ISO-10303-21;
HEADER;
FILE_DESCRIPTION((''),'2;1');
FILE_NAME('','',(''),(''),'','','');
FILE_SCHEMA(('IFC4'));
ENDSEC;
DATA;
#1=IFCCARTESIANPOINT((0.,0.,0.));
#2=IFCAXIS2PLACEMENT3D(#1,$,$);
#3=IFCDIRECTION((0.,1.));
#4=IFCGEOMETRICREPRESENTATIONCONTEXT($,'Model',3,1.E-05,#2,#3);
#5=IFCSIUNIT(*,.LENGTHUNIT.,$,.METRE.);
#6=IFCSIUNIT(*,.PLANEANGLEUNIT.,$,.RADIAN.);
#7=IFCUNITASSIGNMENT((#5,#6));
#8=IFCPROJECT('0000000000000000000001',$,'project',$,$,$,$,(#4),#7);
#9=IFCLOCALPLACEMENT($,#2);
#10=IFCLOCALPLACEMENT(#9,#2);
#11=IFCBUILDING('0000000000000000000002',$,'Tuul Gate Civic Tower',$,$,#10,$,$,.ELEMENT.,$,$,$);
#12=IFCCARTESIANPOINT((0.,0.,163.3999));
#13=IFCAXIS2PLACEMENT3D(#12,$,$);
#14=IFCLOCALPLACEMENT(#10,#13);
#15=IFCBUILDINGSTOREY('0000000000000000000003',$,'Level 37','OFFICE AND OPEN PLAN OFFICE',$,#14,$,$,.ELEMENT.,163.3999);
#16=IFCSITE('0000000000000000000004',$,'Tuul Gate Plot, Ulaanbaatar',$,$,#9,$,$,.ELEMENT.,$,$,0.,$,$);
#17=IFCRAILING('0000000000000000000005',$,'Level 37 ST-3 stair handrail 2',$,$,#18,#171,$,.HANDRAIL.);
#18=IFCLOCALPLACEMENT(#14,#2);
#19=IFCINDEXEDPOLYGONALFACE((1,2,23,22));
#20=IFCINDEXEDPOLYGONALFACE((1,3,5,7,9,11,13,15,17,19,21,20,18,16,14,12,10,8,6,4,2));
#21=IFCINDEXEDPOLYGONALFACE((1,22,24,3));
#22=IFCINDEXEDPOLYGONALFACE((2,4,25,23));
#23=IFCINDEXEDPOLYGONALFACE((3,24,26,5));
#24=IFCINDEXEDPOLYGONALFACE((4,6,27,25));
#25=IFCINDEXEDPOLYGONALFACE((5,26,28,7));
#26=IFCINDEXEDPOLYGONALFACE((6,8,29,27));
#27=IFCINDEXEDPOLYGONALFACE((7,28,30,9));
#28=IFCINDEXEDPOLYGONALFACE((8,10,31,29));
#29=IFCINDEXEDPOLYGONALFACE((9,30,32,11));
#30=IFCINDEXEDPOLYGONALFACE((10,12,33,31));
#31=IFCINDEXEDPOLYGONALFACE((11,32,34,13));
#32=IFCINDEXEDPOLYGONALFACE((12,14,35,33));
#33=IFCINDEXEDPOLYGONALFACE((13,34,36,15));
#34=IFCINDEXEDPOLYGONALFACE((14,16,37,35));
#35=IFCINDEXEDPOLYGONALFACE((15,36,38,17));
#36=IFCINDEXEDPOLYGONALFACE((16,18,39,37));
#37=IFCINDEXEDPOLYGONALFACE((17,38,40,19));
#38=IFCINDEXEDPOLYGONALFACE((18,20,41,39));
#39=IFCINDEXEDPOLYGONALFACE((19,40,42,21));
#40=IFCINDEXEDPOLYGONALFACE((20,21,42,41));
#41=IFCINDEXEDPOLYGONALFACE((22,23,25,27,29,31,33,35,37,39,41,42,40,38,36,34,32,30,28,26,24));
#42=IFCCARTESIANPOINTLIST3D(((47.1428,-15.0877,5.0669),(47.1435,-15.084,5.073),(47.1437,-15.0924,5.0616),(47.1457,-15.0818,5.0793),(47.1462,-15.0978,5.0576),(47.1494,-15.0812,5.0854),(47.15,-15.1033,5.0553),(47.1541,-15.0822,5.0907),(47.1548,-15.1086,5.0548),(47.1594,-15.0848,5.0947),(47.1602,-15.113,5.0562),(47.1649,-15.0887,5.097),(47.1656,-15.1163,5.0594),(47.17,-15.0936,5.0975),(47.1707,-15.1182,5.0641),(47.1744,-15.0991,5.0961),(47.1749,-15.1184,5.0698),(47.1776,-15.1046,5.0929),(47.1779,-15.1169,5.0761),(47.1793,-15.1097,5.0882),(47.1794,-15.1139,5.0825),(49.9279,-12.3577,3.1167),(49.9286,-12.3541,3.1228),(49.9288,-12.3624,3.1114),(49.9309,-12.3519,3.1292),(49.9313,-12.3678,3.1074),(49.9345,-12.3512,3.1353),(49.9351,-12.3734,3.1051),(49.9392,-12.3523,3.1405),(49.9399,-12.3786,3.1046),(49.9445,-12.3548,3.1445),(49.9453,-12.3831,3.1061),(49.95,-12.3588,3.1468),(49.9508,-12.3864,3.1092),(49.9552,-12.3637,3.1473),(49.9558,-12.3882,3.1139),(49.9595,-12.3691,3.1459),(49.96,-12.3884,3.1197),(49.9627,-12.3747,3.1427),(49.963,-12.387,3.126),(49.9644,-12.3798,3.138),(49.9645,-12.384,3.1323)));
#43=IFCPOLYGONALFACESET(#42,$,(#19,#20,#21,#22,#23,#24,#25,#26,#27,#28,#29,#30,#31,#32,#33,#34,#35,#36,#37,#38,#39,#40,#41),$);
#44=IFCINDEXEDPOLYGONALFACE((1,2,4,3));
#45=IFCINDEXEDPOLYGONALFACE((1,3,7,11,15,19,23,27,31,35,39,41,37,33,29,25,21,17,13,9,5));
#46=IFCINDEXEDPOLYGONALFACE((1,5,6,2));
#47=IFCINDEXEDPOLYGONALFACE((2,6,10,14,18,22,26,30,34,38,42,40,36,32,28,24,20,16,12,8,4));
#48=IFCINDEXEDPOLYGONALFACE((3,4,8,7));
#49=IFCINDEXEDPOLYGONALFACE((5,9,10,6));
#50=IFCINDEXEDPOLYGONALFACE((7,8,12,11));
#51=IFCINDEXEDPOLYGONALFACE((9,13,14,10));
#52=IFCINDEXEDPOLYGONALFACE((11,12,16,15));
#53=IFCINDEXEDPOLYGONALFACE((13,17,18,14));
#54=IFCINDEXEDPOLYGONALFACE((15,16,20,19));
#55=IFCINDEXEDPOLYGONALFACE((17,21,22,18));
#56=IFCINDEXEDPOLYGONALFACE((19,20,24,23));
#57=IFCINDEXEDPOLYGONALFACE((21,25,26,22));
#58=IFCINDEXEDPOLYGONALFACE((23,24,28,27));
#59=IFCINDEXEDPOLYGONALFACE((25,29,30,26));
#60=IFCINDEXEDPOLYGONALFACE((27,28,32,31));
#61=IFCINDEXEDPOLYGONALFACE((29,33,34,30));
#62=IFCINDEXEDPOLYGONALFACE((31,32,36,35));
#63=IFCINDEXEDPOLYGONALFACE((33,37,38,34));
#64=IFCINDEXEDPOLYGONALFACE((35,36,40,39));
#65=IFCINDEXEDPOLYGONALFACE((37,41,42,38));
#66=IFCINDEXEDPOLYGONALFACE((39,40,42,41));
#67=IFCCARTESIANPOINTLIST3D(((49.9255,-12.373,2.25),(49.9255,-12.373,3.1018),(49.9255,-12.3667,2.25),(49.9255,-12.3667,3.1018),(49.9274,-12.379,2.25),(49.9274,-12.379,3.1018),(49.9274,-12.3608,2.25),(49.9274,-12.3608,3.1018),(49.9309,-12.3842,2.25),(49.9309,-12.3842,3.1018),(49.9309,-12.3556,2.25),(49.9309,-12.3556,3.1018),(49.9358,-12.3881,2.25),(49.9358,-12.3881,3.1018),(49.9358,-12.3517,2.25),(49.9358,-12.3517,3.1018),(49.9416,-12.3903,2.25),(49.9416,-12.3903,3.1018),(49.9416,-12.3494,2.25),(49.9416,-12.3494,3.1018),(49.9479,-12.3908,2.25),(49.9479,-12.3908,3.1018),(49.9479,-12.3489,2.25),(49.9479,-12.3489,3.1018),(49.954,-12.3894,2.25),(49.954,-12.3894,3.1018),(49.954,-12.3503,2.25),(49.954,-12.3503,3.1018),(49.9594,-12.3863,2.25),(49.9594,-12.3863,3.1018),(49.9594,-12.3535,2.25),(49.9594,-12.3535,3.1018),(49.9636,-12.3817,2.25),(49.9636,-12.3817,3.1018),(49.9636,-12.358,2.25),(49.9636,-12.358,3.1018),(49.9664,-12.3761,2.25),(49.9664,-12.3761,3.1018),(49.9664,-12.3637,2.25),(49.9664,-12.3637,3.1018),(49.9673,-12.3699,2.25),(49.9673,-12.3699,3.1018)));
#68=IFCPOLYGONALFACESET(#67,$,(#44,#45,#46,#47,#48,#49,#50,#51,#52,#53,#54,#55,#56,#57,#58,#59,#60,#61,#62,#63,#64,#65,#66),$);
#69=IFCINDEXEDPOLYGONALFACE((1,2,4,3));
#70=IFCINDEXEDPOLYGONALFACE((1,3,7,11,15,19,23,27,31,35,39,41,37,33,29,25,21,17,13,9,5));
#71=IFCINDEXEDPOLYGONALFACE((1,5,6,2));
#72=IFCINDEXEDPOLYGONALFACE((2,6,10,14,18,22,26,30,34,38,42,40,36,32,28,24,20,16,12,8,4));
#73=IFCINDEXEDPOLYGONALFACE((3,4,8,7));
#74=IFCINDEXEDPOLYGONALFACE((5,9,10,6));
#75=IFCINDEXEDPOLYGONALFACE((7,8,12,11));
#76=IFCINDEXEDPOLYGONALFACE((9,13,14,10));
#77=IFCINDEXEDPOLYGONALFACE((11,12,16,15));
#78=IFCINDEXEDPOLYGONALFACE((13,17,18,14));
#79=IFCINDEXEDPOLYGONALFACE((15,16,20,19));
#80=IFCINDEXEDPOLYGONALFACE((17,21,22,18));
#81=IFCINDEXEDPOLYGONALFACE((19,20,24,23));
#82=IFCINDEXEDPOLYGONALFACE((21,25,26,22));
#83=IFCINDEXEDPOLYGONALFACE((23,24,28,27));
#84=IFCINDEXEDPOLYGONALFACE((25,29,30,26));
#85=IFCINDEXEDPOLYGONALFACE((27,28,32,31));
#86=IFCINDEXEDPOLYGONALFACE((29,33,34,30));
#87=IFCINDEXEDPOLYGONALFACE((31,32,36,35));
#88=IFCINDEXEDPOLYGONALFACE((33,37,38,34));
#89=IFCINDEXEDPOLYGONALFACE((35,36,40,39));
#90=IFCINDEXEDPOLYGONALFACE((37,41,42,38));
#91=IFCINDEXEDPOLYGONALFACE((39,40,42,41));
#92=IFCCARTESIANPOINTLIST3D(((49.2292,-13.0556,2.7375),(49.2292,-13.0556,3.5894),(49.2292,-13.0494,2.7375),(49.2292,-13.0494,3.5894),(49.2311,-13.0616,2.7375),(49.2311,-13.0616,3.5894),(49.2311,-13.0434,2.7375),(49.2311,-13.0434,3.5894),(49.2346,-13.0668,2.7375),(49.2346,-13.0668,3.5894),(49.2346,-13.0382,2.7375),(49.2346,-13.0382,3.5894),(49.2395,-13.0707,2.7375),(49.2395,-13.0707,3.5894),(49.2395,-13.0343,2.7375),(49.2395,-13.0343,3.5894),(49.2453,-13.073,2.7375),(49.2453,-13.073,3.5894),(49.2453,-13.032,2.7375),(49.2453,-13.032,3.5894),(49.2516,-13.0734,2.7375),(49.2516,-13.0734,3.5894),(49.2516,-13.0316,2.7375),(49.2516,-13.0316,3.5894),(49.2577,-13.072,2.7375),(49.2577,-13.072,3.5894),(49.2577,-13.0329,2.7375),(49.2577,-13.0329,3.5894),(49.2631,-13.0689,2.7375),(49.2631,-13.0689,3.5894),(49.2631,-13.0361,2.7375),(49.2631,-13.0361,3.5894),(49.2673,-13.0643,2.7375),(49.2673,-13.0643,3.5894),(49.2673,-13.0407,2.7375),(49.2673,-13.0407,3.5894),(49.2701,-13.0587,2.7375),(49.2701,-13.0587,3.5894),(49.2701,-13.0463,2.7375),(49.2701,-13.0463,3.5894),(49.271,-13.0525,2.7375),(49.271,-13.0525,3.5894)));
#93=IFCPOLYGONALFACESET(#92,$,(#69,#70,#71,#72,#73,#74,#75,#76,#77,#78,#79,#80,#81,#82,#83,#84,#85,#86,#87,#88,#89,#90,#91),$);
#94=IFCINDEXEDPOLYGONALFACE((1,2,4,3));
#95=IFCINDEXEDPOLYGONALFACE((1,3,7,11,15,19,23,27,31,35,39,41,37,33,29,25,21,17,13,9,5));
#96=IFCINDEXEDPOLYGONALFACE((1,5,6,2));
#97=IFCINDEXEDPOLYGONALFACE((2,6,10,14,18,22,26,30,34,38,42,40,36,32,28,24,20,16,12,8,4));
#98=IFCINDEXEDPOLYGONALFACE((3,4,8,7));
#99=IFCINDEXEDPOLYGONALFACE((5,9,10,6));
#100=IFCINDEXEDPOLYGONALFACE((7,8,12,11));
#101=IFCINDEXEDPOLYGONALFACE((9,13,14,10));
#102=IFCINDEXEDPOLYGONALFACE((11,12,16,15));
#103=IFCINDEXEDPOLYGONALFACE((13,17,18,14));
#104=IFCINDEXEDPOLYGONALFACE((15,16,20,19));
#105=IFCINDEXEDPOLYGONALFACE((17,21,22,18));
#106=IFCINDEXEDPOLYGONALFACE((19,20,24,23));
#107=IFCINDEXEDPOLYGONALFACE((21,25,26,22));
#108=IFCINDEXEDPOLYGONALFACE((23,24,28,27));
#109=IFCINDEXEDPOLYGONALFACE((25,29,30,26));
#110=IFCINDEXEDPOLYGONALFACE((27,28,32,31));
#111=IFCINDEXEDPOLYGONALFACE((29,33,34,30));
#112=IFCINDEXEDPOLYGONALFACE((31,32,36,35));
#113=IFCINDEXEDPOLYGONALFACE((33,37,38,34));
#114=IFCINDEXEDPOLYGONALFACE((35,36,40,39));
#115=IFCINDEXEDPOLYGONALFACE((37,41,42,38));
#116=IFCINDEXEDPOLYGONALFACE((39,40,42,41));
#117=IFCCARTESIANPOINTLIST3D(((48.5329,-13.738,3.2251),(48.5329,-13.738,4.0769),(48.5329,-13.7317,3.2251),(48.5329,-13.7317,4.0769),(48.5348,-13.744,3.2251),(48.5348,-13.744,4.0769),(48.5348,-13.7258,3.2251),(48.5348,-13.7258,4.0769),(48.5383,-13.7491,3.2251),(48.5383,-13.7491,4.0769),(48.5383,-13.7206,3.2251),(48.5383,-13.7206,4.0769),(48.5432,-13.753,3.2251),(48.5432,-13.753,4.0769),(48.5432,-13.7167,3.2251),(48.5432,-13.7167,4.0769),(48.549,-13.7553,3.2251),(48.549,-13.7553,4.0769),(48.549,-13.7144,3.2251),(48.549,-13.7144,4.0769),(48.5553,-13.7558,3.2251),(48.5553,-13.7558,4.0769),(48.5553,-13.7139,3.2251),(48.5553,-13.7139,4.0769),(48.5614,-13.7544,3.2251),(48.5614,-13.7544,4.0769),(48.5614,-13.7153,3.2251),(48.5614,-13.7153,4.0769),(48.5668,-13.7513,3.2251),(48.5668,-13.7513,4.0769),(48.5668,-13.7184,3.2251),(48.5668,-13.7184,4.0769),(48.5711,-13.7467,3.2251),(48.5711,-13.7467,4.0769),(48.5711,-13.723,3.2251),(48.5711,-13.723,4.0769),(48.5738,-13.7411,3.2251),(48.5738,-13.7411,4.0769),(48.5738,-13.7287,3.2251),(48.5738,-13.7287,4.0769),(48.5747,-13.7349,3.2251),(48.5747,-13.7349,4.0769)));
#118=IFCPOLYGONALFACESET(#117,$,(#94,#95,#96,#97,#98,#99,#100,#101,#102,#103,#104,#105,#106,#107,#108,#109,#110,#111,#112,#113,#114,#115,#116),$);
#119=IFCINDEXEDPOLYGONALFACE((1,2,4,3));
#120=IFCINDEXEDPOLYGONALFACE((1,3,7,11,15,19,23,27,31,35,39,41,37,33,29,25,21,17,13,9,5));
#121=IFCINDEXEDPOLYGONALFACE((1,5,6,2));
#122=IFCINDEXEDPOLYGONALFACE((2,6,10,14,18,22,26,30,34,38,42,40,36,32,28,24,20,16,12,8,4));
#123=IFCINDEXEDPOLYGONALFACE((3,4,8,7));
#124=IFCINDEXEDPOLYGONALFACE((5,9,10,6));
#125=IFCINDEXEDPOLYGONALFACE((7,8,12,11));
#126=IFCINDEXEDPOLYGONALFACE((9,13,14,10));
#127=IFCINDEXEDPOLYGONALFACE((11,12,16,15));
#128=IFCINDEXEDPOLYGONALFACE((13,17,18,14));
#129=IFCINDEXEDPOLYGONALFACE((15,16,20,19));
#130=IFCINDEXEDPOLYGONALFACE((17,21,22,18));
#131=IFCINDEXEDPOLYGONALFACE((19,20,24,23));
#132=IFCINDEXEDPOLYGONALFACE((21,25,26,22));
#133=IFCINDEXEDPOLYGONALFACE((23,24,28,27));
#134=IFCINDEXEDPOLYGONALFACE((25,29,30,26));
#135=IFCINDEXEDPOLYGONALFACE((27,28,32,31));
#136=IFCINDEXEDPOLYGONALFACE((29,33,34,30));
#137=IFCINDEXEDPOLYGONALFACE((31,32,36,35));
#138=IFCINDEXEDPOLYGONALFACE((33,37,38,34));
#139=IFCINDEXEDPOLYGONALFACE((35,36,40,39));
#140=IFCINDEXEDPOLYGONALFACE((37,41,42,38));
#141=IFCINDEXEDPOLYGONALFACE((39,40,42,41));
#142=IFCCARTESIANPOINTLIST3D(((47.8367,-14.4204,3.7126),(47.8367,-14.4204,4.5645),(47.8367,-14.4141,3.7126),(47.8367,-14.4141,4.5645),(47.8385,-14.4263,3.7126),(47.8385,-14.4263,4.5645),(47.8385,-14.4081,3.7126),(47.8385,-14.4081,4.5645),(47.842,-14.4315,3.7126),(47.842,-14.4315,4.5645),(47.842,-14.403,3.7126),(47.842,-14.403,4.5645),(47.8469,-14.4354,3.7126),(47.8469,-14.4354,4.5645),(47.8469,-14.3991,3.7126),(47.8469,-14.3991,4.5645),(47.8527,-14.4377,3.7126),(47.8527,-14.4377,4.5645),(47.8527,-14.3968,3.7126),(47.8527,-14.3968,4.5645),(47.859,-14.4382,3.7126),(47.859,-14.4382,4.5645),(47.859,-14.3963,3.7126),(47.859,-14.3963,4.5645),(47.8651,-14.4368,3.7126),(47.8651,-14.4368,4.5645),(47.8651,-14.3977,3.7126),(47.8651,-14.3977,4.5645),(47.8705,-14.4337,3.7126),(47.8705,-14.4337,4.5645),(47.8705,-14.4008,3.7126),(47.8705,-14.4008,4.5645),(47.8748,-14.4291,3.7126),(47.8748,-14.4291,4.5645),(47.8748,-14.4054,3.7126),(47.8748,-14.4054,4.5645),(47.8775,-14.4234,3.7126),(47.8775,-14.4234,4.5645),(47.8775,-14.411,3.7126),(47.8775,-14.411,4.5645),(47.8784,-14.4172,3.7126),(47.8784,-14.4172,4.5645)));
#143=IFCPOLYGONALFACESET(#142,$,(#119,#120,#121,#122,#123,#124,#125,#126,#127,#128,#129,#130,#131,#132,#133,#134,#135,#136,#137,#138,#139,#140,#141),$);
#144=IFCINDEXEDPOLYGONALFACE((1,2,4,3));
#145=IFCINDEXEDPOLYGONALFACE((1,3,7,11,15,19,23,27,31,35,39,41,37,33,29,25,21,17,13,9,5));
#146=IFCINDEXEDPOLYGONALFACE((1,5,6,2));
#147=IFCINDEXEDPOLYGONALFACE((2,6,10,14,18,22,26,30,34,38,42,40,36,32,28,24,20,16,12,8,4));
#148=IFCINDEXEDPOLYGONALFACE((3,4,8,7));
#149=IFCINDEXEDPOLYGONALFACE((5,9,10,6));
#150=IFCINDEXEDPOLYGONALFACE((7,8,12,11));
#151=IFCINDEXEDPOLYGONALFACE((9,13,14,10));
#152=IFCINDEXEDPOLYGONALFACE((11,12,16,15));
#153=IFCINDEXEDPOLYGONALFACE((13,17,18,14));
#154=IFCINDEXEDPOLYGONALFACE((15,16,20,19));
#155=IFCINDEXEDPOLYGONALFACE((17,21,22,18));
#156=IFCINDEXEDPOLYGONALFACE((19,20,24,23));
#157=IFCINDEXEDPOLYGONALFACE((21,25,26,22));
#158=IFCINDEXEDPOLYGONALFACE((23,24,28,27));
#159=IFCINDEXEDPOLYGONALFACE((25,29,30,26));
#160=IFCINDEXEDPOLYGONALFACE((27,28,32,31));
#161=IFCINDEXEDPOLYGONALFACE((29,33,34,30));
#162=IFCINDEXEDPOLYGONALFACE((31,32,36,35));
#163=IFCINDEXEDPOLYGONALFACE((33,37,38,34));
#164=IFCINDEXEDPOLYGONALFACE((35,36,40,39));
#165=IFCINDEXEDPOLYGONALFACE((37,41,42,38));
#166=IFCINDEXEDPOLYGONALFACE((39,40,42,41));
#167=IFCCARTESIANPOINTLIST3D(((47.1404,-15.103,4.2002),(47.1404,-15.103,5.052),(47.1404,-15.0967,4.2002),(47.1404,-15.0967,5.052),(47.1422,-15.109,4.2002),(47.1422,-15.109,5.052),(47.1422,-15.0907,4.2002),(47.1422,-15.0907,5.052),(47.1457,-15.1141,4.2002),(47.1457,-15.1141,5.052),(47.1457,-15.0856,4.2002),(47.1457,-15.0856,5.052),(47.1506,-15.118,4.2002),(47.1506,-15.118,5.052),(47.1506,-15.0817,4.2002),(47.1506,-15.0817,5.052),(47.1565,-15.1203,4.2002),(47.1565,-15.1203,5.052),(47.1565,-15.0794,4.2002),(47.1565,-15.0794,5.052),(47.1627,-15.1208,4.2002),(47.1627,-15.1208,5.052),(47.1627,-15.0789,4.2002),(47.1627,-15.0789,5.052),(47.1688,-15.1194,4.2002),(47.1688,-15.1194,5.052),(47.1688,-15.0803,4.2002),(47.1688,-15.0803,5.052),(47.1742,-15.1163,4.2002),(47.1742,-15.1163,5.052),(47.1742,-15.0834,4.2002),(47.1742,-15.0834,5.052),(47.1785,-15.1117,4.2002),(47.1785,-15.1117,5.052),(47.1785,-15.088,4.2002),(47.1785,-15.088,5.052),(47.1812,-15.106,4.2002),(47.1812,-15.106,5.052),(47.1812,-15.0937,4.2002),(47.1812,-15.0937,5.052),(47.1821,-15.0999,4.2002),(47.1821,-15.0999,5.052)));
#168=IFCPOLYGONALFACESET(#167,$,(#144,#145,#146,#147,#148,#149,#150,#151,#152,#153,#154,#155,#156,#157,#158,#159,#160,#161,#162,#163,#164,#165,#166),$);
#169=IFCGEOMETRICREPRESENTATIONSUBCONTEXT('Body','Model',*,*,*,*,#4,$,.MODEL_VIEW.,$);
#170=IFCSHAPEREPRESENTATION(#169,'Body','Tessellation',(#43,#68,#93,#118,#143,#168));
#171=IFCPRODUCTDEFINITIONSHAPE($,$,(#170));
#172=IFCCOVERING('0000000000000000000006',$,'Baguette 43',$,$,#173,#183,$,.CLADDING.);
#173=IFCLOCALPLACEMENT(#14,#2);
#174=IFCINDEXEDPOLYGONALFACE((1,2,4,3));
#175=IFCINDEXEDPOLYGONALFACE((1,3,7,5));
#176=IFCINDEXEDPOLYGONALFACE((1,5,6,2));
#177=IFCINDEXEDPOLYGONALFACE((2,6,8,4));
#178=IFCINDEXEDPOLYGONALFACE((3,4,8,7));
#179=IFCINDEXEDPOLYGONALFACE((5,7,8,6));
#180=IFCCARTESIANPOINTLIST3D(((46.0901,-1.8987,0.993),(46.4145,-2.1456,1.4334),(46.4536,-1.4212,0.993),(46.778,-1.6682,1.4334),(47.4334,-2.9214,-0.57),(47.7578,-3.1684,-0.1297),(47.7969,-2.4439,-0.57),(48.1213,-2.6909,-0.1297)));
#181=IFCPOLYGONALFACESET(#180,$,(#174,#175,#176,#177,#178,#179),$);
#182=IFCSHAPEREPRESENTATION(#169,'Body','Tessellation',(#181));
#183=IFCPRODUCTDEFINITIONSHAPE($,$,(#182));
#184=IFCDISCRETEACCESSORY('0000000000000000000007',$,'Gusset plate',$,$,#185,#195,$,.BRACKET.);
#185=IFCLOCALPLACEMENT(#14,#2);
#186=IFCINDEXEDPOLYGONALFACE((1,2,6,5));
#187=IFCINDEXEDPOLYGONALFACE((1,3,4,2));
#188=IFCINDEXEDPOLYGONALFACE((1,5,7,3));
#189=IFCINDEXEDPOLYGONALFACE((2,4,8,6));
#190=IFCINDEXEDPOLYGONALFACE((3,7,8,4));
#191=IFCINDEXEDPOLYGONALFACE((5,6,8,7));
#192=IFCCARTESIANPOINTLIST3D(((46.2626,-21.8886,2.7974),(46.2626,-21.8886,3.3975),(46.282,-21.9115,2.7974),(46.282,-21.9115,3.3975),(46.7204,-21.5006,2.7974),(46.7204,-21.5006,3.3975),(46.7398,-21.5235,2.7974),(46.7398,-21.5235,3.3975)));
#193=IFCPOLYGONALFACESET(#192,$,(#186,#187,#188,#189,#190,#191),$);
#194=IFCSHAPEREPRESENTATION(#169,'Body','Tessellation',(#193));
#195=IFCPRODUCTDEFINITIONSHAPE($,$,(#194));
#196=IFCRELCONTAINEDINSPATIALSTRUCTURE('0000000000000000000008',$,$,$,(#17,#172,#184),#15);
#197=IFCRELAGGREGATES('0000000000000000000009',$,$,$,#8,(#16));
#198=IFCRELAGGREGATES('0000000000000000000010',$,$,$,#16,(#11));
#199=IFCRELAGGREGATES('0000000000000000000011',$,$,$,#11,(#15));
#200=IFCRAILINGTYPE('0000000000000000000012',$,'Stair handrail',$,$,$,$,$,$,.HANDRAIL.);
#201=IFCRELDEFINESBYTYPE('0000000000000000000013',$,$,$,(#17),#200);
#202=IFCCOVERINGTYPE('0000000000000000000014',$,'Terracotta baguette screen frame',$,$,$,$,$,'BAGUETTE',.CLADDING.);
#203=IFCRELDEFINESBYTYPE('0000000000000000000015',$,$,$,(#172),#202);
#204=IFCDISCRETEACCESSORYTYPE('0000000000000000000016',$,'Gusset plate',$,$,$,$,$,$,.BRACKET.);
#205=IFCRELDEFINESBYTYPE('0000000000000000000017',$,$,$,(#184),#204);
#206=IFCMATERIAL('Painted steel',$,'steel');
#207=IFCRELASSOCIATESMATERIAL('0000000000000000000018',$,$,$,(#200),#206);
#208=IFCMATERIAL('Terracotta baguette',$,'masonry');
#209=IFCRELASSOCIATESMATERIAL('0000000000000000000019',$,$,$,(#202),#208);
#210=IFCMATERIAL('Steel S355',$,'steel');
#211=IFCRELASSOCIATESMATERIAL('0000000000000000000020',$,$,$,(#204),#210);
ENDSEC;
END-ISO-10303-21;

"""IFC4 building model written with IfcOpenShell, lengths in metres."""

from ifc_helpers import new_model, si_unit, direction, frame, origin, origin_2d, place, context, subcontext, project, spatial, rectangle, circle, extrude, material, material_profile, profile_set, type_object, element, save


model = new_model("IFC4")

# Units and contexts
model_context = context("Model", 3, precision=1e-05, world=origin(), true_north=direction((0.0, 1.0)))
body_context = subcontext(model_context, "Body", "Model", "MODEL_VIEW")
ifc_project = project(units=[si_unit("LENGTHUNIT", "METRE"), si_unit("PLANEANGLEUNIT", "RADIAN")], contexts=[model_context])

# Site, building, storey
site_placement = place(None, origin())
site = spatial("IfcSite", under=ifc_project, at=site_placement, Name="Tuul Gate Plot, Ulaanbaatar", CompositionType="ELEMENT", RefElevation=0.0)
building_placement = place(site_placement, origin())
building = spatial("IfcBuilding", under=site, at=building_placement, Name="Tuul Gate Civic Tower", CompositionType="ELEMENT")
storey_placement = place(building_placement, frame((0.0, 0.0, 163.3999)))
storey = spatial("IfcBuildingStorey", under=building, at=storey_placement, Name="Level 37", Description="OFFICE AND OPEN PLAN OFFICE", CompositionType="ELEMENT", Elevation=163.3999)

# Railing
ifc_material_1 = material(Name="Painted steel", Category="steel")
railing_type_1 = type_object("IfcRailingType", Name="Stair handrail", PredefinedType="HANDRAIL", material=ifc_material_1)
railing_1_placement = place(storey_placement, frame((49.9463, -12.3699, 2.25)))
element("IfcRailing", 1, at=railing_1_placement, inside=storey, type_object=railing_type_1, Name="Level 37 ST-3 stair handrail 2", PredefinedType="HANDRAIL", context=body_context, shape_type="SweptSolid", body=[
    extrude(circle(Radius=0.0239, at=origin_2d()), frame((0.0, 0.0, 0.876), z_axis=(-0.638738, -0.626084, 0.447251), x_axis=(0.699998, -0.714145, 0.0)), (0.0, 0.0, 1.0), 4.3604),
    extrude(circle(Radius=0.021, at=origin_2d()), origin(), (0.0, 0.0, 1.0), 0.8518),
    extrude(circle(Radius=0.021, at=origin_2d()), frame((-0.6963, -0.6826, 0.4875)), (0.0, 0.0, 1.0), 0.8518),
    extrude(circle(Radius=0.021, at=origin_2d()), frame((-1.3926, -1.365, 0.9751)), (0.0, 0.0, 1.0), 0.8518),
    extrude(circle(Radius=0.021, at=origin_2d()), frame((-2.0889, -2.0474, 1.4626)), (0.0, 0.0, 1.0), 0.8518),
    extrude(circle(Radius=0.021, at=origin_2d()), frame((-2.7852, -2.73, 1.9502)), (0.0, 0.0, 1.0), 0.8518),
])

# Covering
ifc_material_2 = material(Name="Terracotta baguette", Category="masonry")
ifc_material_profile_1 = material_profile(ifc_material_2, rectangle(XDim=0.6001, YDim=0.6001, at=origin_2d()), Name="Terracotta baguette screen frame")
ifc_profile_set_1 = profile_set([ifc_material_profile_1], Name="Terracotta baguette")
covering_type = type_object("IfcCoveringType", Name="Terracotta baguette screen frame", ElementType="BAGUETTE", PredefinedType="CLADDING", material=ifc_profile_set_1)
covering_placement = place(storey_placement, frame((47.7773, -2.8062, -0.3499), z_axis=(-0.58385, 0.44452, 0.679354), x_axis=(-0.605769, -0.795641, 0.0)))
element("IfcCovering", 2, at=covering_placement, inside=storey, type_object=covering_type, Name="Baguette 43", PredefinedType="CLADDING", context=body_context, shape_type="SweptSolid", body=[
    extrude(rectangle(XDim=0.6001, YDim=0.6001, at=origin_2d()), origin(), (0.0, 0.0, 1.0), 2.3008),
])

# Discrete accessory
ifc_material_3 = material(Name="Steel S355", Category="steel")
discrete_accessory_type = type_object("IfcDiscreteAccessoryType", Name="Gusset plate", PredefinedType="BRACKET", material=ifc_material_3)
discrete_accessory_placement = place(storey_placement, frame((46.5012, -21.7061, 2.7974), z_axis=(0.0, 0.0, 1.0), x_axis=(0.762825, 0.646605, 0.0)))
element("IfcDiscreteAccessory", 3, at=discrete_accessory_placement, inside=storey, type_object=discrete_accessory_type, Name="Gusset plate", PredefinedType="BRACKET", context=body_context, shape_type="SweptSolid", body=[
    extrude(rectangle(XDim=0.6001, YDim=0.03, at=origin_2d()), origin(), (0.0, 0.0, 1.0), 0.6001),
])

save(model, "model.ifc")
